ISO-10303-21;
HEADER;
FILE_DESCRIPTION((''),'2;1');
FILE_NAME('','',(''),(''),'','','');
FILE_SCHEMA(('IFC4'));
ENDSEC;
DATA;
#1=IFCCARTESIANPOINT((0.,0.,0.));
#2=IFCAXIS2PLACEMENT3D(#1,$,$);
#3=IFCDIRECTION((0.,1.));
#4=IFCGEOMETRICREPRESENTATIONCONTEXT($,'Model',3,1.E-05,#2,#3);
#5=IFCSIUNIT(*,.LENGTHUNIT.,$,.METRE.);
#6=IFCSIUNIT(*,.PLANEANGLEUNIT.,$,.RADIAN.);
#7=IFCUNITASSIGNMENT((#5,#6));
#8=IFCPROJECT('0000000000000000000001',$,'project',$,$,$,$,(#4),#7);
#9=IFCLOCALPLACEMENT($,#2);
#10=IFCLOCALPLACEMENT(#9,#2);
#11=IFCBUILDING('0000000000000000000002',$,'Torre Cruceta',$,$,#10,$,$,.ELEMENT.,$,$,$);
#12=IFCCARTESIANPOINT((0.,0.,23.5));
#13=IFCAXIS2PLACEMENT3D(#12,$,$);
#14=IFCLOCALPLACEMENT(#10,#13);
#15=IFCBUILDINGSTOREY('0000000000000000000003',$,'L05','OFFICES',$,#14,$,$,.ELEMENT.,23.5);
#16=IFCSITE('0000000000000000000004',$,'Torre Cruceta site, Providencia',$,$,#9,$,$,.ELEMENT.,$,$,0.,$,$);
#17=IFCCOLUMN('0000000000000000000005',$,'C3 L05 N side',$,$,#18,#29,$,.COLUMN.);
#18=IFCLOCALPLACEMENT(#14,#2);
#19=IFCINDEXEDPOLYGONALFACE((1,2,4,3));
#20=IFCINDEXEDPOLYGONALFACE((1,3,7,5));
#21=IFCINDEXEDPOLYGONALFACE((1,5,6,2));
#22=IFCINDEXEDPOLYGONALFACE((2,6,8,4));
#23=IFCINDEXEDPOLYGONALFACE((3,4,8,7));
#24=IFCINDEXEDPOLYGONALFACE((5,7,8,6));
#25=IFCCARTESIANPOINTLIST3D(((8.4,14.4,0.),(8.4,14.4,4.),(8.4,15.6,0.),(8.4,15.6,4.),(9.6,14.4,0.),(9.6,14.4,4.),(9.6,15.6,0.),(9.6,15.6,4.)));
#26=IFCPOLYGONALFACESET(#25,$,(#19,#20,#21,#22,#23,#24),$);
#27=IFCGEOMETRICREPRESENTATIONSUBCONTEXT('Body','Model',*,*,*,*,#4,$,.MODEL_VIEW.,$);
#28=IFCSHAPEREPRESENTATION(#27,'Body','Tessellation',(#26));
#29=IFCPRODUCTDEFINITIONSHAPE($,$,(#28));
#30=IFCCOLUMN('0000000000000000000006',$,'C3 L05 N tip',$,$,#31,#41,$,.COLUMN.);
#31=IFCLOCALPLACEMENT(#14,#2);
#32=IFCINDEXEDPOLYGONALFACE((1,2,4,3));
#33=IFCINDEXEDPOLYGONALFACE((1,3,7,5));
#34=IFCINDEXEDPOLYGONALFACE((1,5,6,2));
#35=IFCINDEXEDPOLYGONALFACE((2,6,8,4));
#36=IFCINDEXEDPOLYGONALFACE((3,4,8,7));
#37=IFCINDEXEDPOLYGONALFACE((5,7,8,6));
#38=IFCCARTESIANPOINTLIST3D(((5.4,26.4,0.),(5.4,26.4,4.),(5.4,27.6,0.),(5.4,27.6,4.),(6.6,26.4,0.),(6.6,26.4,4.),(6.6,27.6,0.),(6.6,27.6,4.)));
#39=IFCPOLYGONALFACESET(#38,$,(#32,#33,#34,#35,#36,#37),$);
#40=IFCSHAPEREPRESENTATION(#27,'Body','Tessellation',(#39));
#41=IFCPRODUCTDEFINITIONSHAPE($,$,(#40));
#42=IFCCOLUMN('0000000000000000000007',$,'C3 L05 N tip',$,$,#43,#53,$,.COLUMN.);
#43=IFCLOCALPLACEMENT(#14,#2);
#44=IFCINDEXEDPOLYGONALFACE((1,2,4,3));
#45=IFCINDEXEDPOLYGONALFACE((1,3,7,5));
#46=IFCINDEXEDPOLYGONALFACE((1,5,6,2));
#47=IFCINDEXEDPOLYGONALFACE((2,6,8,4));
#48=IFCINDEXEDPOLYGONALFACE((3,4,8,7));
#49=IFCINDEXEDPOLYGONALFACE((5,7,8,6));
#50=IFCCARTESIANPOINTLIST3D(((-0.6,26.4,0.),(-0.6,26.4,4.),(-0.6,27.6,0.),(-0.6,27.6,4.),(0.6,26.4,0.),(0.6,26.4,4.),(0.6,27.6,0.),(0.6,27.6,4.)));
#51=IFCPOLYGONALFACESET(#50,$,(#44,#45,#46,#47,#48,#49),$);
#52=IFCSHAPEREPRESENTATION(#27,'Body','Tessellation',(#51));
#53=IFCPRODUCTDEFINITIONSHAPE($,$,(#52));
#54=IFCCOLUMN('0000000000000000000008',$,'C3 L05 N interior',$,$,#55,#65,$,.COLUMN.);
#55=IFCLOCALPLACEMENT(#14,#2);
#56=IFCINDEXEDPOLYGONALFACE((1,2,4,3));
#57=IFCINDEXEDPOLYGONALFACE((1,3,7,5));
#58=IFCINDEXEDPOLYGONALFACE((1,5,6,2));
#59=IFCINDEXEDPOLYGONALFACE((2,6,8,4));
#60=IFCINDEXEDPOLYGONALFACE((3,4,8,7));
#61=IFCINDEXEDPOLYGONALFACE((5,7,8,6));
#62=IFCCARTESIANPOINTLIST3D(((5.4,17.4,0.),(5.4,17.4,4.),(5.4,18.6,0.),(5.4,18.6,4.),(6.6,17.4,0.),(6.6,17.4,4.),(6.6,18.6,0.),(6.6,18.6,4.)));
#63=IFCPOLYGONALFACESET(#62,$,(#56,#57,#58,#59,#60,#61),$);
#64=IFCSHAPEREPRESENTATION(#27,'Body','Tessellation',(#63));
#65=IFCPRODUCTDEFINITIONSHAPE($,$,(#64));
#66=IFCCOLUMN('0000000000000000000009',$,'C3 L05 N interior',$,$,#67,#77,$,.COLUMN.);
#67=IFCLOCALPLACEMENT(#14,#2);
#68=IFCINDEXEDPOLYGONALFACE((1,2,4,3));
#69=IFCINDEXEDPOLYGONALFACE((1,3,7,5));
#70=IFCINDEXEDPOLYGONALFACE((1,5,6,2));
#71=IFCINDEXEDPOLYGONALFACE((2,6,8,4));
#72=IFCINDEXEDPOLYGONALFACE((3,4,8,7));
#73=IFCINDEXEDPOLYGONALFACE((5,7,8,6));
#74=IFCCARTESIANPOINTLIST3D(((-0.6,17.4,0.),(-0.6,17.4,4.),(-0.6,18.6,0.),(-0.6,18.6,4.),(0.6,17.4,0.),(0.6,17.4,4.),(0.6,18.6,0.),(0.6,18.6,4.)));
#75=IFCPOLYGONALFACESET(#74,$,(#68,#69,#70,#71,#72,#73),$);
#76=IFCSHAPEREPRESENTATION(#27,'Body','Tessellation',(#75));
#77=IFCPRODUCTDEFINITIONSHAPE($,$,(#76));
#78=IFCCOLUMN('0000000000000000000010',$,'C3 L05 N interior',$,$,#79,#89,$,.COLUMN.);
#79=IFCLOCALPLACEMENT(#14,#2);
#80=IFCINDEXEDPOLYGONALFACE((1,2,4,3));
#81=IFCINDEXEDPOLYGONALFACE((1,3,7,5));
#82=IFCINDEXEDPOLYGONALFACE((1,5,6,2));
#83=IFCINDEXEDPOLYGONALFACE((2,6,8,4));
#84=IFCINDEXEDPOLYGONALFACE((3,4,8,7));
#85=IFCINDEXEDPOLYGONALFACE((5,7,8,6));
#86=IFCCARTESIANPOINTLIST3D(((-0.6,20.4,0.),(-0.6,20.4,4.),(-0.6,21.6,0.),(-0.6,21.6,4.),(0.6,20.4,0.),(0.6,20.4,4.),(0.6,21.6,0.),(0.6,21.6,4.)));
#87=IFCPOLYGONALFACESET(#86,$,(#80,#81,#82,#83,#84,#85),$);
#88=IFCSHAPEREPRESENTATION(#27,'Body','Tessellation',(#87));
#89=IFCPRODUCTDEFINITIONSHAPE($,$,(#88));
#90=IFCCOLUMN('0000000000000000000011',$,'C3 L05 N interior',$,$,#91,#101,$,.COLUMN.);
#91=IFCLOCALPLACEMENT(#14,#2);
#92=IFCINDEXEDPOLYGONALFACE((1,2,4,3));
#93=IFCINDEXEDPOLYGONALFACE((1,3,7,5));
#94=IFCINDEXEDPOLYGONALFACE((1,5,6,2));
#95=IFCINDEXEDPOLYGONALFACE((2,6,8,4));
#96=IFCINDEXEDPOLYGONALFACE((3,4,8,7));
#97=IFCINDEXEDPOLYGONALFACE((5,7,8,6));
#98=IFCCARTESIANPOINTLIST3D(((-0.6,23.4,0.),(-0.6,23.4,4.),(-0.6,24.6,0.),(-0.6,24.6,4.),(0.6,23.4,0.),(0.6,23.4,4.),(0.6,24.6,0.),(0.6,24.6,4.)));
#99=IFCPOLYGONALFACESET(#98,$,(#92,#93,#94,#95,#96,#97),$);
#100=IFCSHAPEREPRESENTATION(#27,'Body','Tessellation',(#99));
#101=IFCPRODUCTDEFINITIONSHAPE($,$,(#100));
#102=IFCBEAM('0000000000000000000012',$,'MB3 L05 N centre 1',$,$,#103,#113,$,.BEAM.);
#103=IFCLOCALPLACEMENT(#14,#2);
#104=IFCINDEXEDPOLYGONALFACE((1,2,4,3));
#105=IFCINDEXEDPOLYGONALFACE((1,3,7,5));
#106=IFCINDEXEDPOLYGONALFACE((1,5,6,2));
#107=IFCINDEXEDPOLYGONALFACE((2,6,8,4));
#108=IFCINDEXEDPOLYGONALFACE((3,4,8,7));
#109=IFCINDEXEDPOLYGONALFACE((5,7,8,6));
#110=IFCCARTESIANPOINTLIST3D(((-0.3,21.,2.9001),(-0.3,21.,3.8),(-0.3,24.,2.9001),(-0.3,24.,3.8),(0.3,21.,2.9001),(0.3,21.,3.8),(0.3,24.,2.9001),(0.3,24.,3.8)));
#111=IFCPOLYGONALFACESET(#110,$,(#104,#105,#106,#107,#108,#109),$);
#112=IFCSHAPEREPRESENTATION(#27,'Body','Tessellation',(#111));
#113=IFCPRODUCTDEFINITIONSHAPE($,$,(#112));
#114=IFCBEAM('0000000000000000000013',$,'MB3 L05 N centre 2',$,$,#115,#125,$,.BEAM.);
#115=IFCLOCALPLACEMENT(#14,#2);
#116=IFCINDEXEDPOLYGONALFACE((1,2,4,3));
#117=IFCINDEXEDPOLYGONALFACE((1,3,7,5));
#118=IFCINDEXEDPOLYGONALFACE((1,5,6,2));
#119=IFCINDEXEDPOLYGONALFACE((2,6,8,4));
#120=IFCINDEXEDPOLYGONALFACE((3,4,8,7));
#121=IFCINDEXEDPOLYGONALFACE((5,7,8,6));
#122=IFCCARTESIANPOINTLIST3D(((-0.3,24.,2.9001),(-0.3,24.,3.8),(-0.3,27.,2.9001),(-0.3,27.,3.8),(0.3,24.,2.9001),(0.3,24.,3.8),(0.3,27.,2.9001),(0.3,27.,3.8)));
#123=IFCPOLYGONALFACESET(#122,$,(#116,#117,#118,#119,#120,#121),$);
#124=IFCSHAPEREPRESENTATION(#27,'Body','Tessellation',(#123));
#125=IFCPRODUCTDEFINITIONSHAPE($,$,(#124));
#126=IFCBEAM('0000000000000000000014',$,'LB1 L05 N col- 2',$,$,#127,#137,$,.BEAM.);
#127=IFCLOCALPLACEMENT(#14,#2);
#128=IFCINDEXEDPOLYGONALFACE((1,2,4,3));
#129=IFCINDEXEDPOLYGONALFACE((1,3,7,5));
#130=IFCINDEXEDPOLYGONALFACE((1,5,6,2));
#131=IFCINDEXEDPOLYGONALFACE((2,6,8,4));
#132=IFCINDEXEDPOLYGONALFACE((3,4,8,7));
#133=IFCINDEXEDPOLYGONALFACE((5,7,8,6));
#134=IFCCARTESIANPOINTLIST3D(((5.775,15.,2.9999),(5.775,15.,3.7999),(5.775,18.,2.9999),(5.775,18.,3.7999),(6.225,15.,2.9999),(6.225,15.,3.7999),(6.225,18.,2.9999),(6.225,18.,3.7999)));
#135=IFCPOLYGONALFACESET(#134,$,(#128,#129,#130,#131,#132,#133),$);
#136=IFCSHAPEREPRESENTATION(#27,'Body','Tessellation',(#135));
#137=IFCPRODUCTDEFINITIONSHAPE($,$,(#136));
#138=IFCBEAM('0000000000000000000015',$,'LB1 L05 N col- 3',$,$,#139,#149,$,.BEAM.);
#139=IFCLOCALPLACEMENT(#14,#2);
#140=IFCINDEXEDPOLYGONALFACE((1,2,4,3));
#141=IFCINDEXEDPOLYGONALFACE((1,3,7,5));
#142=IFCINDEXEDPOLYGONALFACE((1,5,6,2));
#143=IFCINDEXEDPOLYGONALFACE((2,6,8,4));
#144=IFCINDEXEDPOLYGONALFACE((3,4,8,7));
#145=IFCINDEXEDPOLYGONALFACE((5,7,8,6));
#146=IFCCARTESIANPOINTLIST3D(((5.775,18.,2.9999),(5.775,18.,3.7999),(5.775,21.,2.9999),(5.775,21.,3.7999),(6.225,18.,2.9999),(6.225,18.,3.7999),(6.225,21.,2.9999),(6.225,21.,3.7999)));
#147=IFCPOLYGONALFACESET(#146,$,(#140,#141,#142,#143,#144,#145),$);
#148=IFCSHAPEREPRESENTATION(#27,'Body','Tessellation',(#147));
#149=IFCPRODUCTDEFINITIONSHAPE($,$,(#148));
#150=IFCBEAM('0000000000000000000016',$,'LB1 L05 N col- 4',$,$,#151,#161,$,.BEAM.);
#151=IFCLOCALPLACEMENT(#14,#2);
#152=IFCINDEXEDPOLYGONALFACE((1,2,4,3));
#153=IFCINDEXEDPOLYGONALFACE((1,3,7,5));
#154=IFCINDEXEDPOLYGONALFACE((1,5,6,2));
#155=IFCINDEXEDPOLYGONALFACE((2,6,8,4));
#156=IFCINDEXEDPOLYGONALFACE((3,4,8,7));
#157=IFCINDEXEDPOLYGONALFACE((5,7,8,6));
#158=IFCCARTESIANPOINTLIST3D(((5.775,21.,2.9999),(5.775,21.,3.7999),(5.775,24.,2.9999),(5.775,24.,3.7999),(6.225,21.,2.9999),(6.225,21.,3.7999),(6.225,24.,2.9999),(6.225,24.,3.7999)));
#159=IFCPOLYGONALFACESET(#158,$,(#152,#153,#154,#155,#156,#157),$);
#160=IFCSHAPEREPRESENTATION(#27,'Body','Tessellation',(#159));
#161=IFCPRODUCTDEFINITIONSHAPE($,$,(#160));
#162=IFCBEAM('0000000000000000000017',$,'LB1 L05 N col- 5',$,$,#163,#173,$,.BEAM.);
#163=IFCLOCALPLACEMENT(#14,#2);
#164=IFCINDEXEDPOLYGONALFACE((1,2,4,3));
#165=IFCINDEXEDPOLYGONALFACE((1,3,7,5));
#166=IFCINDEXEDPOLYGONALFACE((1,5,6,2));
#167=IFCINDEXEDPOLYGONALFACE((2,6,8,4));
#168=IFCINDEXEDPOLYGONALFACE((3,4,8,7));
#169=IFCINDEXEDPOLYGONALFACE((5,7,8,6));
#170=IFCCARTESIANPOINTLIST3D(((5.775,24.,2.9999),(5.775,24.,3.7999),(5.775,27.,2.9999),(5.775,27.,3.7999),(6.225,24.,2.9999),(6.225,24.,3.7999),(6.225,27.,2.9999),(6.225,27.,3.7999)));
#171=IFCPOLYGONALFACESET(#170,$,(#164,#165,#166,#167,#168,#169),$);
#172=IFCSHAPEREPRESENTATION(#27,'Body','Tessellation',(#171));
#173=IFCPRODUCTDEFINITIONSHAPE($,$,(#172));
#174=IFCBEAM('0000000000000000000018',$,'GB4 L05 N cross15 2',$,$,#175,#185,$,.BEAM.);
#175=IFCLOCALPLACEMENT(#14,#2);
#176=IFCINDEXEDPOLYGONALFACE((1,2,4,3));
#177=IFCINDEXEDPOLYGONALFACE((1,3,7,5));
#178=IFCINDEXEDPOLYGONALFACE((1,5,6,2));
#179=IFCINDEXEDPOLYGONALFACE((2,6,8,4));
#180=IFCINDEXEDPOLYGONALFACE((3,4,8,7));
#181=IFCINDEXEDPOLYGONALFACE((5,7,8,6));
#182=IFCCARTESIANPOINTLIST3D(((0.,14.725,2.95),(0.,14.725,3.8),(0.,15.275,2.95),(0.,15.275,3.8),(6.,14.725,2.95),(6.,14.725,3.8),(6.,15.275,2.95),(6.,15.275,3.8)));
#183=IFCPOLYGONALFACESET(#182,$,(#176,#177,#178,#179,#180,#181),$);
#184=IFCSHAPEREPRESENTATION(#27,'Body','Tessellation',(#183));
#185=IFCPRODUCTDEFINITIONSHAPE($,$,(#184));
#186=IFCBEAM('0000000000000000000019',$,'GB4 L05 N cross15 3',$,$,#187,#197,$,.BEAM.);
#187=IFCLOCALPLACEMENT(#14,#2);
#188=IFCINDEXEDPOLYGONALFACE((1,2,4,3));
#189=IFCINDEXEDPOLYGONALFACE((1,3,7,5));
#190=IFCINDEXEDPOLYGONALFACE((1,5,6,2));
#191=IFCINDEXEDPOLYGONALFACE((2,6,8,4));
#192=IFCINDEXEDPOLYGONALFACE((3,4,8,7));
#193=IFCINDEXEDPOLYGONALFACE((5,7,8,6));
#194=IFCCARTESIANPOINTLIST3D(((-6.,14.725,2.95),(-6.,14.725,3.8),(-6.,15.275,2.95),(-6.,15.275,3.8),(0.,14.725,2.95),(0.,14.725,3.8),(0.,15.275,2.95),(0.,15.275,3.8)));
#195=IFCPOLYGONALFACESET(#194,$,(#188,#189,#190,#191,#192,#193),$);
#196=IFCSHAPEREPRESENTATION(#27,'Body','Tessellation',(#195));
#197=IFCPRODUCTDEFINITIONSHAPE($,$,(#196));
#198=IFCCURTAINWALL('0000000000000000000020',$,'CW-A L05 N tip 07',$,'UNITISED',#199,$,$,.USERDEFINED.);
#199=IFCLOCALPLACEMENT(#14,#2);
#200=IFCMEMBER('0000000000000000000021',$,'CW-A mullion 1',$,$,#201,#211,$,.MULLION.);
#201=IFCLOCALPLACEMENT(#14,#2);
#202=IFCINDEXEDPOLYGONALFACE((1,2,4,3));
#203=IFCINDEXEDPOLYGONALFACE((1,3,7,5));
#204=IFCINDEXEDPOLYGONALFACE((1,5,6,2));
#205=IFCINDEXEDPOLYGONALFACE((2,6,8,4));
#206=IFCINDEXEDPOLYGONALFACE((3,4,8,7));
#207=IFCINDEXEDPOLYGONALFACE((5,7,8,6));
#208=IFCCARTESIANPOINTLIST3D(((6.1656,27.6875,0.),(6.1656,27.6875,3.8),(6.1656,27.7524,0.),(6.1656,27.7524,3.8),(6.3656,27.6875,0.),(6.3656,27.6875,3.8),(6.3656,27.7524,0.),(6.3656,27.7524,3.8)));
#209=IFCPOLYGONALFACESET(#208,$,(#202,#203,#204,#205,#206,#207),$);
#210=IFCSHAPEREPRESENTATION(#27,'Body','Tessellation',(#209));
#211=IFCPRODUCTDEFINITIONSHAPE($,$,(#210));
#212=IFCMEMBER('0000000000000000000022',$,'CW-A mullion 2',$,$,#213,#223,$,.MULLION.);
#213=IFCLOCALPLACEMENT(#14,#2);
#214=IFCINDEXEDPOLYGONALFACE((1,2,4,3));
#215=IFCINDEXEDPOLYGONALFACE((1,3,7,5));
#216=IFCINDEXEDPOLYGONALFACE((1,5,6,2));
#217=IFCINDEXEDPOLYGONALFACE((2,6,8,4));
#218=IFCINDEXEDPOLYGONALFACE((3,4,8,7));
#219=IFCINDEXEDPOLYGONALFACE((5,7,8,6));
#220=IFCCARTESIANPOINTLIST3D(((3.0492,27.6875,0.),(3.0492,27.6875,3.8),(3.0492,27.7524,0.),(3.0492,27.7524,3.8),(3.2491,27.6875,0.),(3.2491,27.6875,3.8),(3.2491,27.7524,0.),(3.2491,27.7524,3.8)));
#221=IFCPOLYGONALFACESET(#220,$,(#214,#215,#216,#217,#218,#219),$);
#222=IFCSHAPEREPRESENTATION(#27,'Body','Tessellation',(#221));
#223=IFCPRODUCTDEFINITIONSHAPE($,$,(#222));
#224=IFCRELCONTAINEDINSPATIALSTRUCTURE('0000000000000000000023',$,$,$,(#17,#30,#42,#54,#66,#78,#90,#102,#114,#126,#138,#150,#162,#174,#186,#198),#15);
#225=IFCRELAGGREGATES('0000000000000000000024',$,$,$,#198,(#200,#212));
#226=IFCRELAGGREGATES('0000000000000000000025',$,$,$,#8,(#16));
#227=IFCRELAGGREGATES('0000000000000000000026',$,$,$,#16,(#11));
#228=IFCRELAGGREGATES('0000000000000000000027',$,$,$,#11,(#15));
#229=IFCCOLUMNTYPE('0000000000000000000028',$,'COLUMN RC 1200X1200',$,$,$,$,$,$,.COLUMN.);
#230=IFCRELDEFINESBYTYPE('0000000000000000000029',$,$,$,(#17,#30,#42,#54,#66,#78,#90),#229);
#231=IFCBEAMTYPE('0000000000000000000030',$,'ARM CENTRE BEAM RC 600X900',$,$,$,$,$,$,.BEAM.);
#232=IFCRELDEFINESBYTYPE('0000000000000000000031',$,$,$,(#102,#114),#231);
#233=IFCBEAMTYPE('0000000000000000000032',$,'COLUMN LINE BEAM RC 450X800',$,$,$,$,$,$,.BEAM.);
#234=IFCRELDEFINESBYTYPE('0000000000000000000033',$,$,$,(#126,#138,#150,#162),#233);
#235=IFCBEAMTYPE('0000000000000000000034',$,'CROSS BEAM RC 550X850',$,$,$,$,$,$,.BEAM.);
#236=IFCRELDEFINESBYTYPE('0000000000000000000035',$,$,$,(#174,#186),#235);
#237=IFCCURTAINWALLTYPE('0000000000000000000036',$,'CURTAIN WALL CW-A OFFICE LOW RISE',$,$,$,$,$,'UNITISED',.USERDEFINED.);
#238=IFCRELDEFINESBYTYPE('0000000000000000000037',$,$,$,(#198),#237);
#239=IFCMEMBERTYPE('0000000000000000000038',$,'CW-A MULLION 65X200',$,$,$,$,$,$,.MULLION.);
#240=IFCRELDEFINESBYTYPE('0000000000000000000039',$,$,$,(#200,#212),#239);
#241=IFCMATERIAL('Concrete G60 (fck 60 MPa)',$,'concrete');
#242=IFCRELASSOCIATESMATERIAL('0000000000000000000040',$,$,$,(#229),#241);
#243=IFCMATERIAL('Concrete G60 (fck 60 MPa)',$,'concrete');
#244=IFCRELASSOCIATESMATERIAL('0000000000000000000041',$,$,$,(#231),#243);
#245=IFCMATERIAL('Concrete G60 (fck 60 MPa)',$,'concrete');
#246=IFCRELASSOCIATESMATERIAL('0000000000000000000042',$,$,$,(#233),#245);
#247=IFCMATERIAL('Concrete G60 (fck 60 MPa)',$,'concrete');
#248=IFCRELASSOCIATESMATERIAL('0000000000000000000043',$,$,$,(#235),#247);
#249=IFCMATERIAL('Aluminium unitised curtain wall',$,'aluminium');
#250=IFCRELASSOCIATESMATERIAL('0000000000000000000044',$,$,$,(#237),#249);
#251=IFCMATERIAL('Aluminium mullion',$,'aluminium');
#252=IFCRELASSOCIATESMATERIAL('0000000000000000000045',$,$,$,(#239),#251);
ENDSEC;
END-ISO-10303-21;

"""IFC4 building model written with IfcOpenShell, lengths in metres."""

from ifc_helpers import new_model, si_unit, direction, frame, origin, origin_2d, place, context, subcontext, project, spatial, rectangle, extrude, material, material_profile, profile_set, type_object, element, aggregate, save


model = new_model("IFC4")

# Units and contexts
model_context = context("Model", 3, precision=1e-05, world=origin(), true_north=direction((0.0, 1.0)))
body_context = subcontext(model_context, "Body", "Model", "MODEL_VIEW")
ifc_project = project(units=[si_unit("LENGTHUNIT", "METRE"), si_unit("PLANEANGLEUNIT", "RADIAN")], contexts=[model_context])

# Site, building, storey
site_placement = place(None, origin())
site = spatial("IfcSite", under=ifc_project, at=site_placement, Name="Torre Cruceta site, Providencia", CompositionType="ELEMENT", RefElevation=0.0)
building_placement = place(site_placement, origin())
building = spatial("IfcBuilding", under=site, at=building_placement, Name="Torre Cruceta", CompositionType="ELEMENT")
storey_placement = place(building_placement, frame((0.0, 0.0, 23.5)))
storey = spatial("IfcBuildingStorey", under=building, at=storey_placement, Name="L05", Description="OFFICES", CompositionType="ELEMENT", Elevation=23.5)

# Columns
ifc_material_1 = material(Name="Concrete G60 (fck 60 MPa)", Category="concrete")
ifc_material_profile_1 = material_profile(ifc_material_1, rectangle(XDim=1.2, YDim=1.2, at=origin_2d()), Name="RC 1200X1200")
ifc_profile_set_1 = profile_set([ifc_material_profile_1], Name="Concrete G60 (fck 60 MPa)")
column_type = type_object("IfcColumnType", Name="COLUMN RC 1200X1200", PredefinedType="COLUMN", material=ifc_profile_set_1)
for number, where, z_axis, x_axis, name in (
    (1, (9.0, 15.0, 0.0), (0.0, 0.0, 1.0), (1.0, 0.0, 0.0), "C3 L05 N side"),
    (2, (6.0, 27.0, 0.0), (0.0, 0.0, 1.0), (1.0, 0.0, 0.0), "C3 L05 N tip"),
    (3, (0.0, 27.0, 0.0), (0.0, 0.0, 1.0), (1.0, 0.0, 0.0), "C3 L05 N tip"),
    (4, (6.0, 18.0, 0.0), (0.0, 0.0, 1.0), (1.0, 0.0, 0.0), "C3 L05 N interior"),
    (5, (0.0, 18.0, 0.0), (0.0, 0.0, 1.0), (1.0, 0.0, 0.0), "C3 L05 N interior"),
    (6, (0.0, 21.0, 0.0), (0.0, 0.0, 1.0), (1.0, 0.0, 0.0), "C3 L05 N interior"),
    (7, (0.0, 24.0, 0.0), (0.0, 0.0, 1.0), (1.0, 0.0, 0.0), "C3 L05 N interior"),
):
    element("IfcColumn", number, at=place(storey_placement, frame(where, z_axis=z_axis, x_axis=x_axis)), inside=storey, type_object=column_type, Name=name, PredefinedType="COLUMN", context=body_context, shape_type="SweptSolid", body=[
        extrude(rectangle(XDim=1.2, YDim=1.2, at=origin_2d()), origin(), (0.0, 0.0, 1.0), 4.0),
    ])

# Beams
ifc_material_2 = material(Name="Concrete G60 (fck 60 MPa)", Category="concrete")
ifc_material_profile_2 = material_profile(ifc_material_2, rectangle(XDim=0.6001, YDim=0.8999, at=origin_2d()), Name="RC 600X900")
ifc_profile_set_2 = profile_set([ifc_material_profile_2], Name="Concrete G60 (fck 60 MPa)")
beam_type_1 = type_object("IfcBeamType", Name="ARM CENTRE BEAM RC 600X900", PredefinedType="BEAM", material=ifc_profile_set_2)
for number, where, z_axis, x_axis, name in (
    (8, (0.0, 21.0, 3.3501), (0.0, 1.0, 0.0), (-1.0, 0.0, 0.0), "MB3 L05 N centre 1"),
    (9, (0.0, 24.0, 3.3501), (0.0, 1.0, 0.0), (-1.0, 0.0, 0.0), "MB3 L05 N centre 2"),
):
    element("IfcBeam", number, at=place(storey_placement, frame(where, z_axis=z_axis, x_axis=x_axis)), inside=storey, type_object=beam_type_1, Name=name, PredefinedType="BEAM", context=body_context, shape_type="SweptSolid", body=[
        extrude(rectangle(XDim=0.6001, YDim=0.8999, at=origin_2d()), origin(), (0.0, 0.0, 1.0), 3.0),
    ])
ifc_material_3 = material(Name="Concrete G60 (fck 60 MPa)", Category="concrete")
ifc_material_profile_3 = material_profile(ifc_material_3, rectangle(XDim=0.45, YDim=0.8, at=origin_2d()), Name="RC 450X800")
ifc_profile_set_3 = profile_set([ifc_material_profile_3], Name="Concrete G60 (fck 60 MPa)")
beam_type_2 = type_object("IfcBeamType", Name="COLUMN LINE BEAM RC 450X800", PredefinedType="BEAM", material=ifc_profile_set_3)
for number, where, z_axis, x_axis, name in (
    (10, (6.0, 15.0, 3.3999), (0.0, 1.0, 0.0), (-1.0, 0.0, 0.0), "LB1 L05 N col- 2"),
    (11, (6.0, 18.0, 3.3999), (0.0, 1.0, 0.0), (-1.0, 0.0, 0.0), "LB1 L05 N col- 3"),
    (12, (6.0, 21.0, 3.3999), (0.0, 1.0, 0.0), (-1.0, 0.0, 0.0), "LB1 L05 N col- 4"),
    (13, (6.0, 24.0, 3.3999), (0.0, 1.0, 0.0), (-1.0, 0.0, 0.0), "LB1 L05 N col- 5"),
):
    element("IfcBeam", number, at=place(storey_placement, frame(where, z_axis=z_axis, x_axis=x_axis)), inside=storey, type_object=beam_type_2, Name=name, PredefinedType="BEAM", context=body_context, shape_type="SweptSolid", body=[
        extrude(rectangle(XDim=0.45, YDim=0.8, at=origin_2d()), origin(), (0.0, 0.0, 1.0), 3.0),
    ])
ifc_material_4 = material(Name="Concrete G60 (fck 60 MPa)", Category="concrete")
ifc_material_profile_4 = material_profile(ifc_material_4, rectangle(XDim=0.55, YDim=0.8501, at=origin_2d()), Name="RC 550X850")
ifc_profile_set_4 = profile_set([ifc_material_profile_4], Name="Concrete G60 (fck 60 MPa)")
beam_type_3 = type_object("IfcBeamType", Name="CROSS BEAM RC 550X850", PredefinedType="BEAM", material=ifc_profile_set_4)
for number, where, z_axis, x_axis, name in (
    (14, (6.0, 15.0, 3.375), (-1.0, 0.0, 0.0), (0.0, -1.0, 0.0), "GB4 L05 N cross15 2"),
    (15, (0.0, 15.0, 3.375), (-1.0, 0.0, 0.0), (0.0, -1.0, 0.0), "GB4 L05 N cross15 3"),
):
    element("IfcBeam", number, at=place(storey_placement, frame(where, z_axis=z_axis, x_axis=x_axis)), inside=storey, type_object=beam_type_3, Name=name, PredefinedType="BEAM", context=body_context, shape_type="SweptSolid", body=[
        extrude(rectangle(XDim=0.55, YDim=0.8501, at=origin_2d()), origin(), (0.0, 0.0, 1.0), 6.0),
    ])

# Curtain wall, members
ifc_material_5 = material(Name="Aluminium unitised curtain wall", Category="aluminium")
curtain_wall_type = type_object("IfcCurtainWallType", Name="CURTAIN WALL CW-A OFFICE LOW RISE", ElementType="UNITISED", PredefinedType="USERDEFINED", material=ifc_material_5)
curtain_wall_placement = place(storey_placement, origin())
curtain_wall = element("IfcCurtainWall", 16, at=curtain_wall_placement, inside=storey, type_object=curtain_wall_type, Name="CW-A L05 N tip 07", ObjectType="UNITISED", PredefinedType="USERDEFINED")
ifc_material_6 = material(Name="Aluminium mullion", Category="aluminium")
ifc_material_profile_5 = material_profile(ifc_material_6, rectangle(XDim=0.0649, YDim=0.2, at=origin_2d()), Name="AL 65X200")
ifc_profile_set_5 = profile_set([ifc_material_profile_5], Name="Aluminium mullion")
member_type_1 = type_object("IfcMemberType", Name="CW-A MULLION 65X200", PredefinedType="MULLION", material=ifc_profile_set_5)
member_1_placement = place(storey_placement, frame((6.2656, 27.72, 0.0), z_axis=(0.0, 0.0, 1.0), x_axis=(0.0, -1.0, 0.0)))
member_1 = element("IfcMember", 17, at=member_1_placement, type_object=member_type_1, Name="CW-A mullion 1", PredefinedType="MULLION", context=body_context, shape_type="SweptSolid", body=[
    extrude(rectangle(XDim=0.0649, YDim=0.2, at=origin_2d()), origin(), (0.0, 0.0, 1.0), 3.8),
])
member_2_placement = place(storey_placement, frame((3.1492, 27.72, 0.0), z_axis=(0.0, 0.0, 1.0), x_axis=(0.0, -1.0, 0.0)))
member_2 = element("IfcMember", 18, at=member_2_placement, type_object=member_type_1, Name="CW-A mullion 2", PredefinedType="MULLION", context=body_context, shape_type="SweptSolid", body=[
    extrude(rectangle(XDim=0.0649, YDim=0.2, at=origin_2d()), origin(), (0.0, 0.0, 1.0), 3.8),
])

aggregate(curtain_wall, [member_1, member_2])

save(model, "model.ifc")
